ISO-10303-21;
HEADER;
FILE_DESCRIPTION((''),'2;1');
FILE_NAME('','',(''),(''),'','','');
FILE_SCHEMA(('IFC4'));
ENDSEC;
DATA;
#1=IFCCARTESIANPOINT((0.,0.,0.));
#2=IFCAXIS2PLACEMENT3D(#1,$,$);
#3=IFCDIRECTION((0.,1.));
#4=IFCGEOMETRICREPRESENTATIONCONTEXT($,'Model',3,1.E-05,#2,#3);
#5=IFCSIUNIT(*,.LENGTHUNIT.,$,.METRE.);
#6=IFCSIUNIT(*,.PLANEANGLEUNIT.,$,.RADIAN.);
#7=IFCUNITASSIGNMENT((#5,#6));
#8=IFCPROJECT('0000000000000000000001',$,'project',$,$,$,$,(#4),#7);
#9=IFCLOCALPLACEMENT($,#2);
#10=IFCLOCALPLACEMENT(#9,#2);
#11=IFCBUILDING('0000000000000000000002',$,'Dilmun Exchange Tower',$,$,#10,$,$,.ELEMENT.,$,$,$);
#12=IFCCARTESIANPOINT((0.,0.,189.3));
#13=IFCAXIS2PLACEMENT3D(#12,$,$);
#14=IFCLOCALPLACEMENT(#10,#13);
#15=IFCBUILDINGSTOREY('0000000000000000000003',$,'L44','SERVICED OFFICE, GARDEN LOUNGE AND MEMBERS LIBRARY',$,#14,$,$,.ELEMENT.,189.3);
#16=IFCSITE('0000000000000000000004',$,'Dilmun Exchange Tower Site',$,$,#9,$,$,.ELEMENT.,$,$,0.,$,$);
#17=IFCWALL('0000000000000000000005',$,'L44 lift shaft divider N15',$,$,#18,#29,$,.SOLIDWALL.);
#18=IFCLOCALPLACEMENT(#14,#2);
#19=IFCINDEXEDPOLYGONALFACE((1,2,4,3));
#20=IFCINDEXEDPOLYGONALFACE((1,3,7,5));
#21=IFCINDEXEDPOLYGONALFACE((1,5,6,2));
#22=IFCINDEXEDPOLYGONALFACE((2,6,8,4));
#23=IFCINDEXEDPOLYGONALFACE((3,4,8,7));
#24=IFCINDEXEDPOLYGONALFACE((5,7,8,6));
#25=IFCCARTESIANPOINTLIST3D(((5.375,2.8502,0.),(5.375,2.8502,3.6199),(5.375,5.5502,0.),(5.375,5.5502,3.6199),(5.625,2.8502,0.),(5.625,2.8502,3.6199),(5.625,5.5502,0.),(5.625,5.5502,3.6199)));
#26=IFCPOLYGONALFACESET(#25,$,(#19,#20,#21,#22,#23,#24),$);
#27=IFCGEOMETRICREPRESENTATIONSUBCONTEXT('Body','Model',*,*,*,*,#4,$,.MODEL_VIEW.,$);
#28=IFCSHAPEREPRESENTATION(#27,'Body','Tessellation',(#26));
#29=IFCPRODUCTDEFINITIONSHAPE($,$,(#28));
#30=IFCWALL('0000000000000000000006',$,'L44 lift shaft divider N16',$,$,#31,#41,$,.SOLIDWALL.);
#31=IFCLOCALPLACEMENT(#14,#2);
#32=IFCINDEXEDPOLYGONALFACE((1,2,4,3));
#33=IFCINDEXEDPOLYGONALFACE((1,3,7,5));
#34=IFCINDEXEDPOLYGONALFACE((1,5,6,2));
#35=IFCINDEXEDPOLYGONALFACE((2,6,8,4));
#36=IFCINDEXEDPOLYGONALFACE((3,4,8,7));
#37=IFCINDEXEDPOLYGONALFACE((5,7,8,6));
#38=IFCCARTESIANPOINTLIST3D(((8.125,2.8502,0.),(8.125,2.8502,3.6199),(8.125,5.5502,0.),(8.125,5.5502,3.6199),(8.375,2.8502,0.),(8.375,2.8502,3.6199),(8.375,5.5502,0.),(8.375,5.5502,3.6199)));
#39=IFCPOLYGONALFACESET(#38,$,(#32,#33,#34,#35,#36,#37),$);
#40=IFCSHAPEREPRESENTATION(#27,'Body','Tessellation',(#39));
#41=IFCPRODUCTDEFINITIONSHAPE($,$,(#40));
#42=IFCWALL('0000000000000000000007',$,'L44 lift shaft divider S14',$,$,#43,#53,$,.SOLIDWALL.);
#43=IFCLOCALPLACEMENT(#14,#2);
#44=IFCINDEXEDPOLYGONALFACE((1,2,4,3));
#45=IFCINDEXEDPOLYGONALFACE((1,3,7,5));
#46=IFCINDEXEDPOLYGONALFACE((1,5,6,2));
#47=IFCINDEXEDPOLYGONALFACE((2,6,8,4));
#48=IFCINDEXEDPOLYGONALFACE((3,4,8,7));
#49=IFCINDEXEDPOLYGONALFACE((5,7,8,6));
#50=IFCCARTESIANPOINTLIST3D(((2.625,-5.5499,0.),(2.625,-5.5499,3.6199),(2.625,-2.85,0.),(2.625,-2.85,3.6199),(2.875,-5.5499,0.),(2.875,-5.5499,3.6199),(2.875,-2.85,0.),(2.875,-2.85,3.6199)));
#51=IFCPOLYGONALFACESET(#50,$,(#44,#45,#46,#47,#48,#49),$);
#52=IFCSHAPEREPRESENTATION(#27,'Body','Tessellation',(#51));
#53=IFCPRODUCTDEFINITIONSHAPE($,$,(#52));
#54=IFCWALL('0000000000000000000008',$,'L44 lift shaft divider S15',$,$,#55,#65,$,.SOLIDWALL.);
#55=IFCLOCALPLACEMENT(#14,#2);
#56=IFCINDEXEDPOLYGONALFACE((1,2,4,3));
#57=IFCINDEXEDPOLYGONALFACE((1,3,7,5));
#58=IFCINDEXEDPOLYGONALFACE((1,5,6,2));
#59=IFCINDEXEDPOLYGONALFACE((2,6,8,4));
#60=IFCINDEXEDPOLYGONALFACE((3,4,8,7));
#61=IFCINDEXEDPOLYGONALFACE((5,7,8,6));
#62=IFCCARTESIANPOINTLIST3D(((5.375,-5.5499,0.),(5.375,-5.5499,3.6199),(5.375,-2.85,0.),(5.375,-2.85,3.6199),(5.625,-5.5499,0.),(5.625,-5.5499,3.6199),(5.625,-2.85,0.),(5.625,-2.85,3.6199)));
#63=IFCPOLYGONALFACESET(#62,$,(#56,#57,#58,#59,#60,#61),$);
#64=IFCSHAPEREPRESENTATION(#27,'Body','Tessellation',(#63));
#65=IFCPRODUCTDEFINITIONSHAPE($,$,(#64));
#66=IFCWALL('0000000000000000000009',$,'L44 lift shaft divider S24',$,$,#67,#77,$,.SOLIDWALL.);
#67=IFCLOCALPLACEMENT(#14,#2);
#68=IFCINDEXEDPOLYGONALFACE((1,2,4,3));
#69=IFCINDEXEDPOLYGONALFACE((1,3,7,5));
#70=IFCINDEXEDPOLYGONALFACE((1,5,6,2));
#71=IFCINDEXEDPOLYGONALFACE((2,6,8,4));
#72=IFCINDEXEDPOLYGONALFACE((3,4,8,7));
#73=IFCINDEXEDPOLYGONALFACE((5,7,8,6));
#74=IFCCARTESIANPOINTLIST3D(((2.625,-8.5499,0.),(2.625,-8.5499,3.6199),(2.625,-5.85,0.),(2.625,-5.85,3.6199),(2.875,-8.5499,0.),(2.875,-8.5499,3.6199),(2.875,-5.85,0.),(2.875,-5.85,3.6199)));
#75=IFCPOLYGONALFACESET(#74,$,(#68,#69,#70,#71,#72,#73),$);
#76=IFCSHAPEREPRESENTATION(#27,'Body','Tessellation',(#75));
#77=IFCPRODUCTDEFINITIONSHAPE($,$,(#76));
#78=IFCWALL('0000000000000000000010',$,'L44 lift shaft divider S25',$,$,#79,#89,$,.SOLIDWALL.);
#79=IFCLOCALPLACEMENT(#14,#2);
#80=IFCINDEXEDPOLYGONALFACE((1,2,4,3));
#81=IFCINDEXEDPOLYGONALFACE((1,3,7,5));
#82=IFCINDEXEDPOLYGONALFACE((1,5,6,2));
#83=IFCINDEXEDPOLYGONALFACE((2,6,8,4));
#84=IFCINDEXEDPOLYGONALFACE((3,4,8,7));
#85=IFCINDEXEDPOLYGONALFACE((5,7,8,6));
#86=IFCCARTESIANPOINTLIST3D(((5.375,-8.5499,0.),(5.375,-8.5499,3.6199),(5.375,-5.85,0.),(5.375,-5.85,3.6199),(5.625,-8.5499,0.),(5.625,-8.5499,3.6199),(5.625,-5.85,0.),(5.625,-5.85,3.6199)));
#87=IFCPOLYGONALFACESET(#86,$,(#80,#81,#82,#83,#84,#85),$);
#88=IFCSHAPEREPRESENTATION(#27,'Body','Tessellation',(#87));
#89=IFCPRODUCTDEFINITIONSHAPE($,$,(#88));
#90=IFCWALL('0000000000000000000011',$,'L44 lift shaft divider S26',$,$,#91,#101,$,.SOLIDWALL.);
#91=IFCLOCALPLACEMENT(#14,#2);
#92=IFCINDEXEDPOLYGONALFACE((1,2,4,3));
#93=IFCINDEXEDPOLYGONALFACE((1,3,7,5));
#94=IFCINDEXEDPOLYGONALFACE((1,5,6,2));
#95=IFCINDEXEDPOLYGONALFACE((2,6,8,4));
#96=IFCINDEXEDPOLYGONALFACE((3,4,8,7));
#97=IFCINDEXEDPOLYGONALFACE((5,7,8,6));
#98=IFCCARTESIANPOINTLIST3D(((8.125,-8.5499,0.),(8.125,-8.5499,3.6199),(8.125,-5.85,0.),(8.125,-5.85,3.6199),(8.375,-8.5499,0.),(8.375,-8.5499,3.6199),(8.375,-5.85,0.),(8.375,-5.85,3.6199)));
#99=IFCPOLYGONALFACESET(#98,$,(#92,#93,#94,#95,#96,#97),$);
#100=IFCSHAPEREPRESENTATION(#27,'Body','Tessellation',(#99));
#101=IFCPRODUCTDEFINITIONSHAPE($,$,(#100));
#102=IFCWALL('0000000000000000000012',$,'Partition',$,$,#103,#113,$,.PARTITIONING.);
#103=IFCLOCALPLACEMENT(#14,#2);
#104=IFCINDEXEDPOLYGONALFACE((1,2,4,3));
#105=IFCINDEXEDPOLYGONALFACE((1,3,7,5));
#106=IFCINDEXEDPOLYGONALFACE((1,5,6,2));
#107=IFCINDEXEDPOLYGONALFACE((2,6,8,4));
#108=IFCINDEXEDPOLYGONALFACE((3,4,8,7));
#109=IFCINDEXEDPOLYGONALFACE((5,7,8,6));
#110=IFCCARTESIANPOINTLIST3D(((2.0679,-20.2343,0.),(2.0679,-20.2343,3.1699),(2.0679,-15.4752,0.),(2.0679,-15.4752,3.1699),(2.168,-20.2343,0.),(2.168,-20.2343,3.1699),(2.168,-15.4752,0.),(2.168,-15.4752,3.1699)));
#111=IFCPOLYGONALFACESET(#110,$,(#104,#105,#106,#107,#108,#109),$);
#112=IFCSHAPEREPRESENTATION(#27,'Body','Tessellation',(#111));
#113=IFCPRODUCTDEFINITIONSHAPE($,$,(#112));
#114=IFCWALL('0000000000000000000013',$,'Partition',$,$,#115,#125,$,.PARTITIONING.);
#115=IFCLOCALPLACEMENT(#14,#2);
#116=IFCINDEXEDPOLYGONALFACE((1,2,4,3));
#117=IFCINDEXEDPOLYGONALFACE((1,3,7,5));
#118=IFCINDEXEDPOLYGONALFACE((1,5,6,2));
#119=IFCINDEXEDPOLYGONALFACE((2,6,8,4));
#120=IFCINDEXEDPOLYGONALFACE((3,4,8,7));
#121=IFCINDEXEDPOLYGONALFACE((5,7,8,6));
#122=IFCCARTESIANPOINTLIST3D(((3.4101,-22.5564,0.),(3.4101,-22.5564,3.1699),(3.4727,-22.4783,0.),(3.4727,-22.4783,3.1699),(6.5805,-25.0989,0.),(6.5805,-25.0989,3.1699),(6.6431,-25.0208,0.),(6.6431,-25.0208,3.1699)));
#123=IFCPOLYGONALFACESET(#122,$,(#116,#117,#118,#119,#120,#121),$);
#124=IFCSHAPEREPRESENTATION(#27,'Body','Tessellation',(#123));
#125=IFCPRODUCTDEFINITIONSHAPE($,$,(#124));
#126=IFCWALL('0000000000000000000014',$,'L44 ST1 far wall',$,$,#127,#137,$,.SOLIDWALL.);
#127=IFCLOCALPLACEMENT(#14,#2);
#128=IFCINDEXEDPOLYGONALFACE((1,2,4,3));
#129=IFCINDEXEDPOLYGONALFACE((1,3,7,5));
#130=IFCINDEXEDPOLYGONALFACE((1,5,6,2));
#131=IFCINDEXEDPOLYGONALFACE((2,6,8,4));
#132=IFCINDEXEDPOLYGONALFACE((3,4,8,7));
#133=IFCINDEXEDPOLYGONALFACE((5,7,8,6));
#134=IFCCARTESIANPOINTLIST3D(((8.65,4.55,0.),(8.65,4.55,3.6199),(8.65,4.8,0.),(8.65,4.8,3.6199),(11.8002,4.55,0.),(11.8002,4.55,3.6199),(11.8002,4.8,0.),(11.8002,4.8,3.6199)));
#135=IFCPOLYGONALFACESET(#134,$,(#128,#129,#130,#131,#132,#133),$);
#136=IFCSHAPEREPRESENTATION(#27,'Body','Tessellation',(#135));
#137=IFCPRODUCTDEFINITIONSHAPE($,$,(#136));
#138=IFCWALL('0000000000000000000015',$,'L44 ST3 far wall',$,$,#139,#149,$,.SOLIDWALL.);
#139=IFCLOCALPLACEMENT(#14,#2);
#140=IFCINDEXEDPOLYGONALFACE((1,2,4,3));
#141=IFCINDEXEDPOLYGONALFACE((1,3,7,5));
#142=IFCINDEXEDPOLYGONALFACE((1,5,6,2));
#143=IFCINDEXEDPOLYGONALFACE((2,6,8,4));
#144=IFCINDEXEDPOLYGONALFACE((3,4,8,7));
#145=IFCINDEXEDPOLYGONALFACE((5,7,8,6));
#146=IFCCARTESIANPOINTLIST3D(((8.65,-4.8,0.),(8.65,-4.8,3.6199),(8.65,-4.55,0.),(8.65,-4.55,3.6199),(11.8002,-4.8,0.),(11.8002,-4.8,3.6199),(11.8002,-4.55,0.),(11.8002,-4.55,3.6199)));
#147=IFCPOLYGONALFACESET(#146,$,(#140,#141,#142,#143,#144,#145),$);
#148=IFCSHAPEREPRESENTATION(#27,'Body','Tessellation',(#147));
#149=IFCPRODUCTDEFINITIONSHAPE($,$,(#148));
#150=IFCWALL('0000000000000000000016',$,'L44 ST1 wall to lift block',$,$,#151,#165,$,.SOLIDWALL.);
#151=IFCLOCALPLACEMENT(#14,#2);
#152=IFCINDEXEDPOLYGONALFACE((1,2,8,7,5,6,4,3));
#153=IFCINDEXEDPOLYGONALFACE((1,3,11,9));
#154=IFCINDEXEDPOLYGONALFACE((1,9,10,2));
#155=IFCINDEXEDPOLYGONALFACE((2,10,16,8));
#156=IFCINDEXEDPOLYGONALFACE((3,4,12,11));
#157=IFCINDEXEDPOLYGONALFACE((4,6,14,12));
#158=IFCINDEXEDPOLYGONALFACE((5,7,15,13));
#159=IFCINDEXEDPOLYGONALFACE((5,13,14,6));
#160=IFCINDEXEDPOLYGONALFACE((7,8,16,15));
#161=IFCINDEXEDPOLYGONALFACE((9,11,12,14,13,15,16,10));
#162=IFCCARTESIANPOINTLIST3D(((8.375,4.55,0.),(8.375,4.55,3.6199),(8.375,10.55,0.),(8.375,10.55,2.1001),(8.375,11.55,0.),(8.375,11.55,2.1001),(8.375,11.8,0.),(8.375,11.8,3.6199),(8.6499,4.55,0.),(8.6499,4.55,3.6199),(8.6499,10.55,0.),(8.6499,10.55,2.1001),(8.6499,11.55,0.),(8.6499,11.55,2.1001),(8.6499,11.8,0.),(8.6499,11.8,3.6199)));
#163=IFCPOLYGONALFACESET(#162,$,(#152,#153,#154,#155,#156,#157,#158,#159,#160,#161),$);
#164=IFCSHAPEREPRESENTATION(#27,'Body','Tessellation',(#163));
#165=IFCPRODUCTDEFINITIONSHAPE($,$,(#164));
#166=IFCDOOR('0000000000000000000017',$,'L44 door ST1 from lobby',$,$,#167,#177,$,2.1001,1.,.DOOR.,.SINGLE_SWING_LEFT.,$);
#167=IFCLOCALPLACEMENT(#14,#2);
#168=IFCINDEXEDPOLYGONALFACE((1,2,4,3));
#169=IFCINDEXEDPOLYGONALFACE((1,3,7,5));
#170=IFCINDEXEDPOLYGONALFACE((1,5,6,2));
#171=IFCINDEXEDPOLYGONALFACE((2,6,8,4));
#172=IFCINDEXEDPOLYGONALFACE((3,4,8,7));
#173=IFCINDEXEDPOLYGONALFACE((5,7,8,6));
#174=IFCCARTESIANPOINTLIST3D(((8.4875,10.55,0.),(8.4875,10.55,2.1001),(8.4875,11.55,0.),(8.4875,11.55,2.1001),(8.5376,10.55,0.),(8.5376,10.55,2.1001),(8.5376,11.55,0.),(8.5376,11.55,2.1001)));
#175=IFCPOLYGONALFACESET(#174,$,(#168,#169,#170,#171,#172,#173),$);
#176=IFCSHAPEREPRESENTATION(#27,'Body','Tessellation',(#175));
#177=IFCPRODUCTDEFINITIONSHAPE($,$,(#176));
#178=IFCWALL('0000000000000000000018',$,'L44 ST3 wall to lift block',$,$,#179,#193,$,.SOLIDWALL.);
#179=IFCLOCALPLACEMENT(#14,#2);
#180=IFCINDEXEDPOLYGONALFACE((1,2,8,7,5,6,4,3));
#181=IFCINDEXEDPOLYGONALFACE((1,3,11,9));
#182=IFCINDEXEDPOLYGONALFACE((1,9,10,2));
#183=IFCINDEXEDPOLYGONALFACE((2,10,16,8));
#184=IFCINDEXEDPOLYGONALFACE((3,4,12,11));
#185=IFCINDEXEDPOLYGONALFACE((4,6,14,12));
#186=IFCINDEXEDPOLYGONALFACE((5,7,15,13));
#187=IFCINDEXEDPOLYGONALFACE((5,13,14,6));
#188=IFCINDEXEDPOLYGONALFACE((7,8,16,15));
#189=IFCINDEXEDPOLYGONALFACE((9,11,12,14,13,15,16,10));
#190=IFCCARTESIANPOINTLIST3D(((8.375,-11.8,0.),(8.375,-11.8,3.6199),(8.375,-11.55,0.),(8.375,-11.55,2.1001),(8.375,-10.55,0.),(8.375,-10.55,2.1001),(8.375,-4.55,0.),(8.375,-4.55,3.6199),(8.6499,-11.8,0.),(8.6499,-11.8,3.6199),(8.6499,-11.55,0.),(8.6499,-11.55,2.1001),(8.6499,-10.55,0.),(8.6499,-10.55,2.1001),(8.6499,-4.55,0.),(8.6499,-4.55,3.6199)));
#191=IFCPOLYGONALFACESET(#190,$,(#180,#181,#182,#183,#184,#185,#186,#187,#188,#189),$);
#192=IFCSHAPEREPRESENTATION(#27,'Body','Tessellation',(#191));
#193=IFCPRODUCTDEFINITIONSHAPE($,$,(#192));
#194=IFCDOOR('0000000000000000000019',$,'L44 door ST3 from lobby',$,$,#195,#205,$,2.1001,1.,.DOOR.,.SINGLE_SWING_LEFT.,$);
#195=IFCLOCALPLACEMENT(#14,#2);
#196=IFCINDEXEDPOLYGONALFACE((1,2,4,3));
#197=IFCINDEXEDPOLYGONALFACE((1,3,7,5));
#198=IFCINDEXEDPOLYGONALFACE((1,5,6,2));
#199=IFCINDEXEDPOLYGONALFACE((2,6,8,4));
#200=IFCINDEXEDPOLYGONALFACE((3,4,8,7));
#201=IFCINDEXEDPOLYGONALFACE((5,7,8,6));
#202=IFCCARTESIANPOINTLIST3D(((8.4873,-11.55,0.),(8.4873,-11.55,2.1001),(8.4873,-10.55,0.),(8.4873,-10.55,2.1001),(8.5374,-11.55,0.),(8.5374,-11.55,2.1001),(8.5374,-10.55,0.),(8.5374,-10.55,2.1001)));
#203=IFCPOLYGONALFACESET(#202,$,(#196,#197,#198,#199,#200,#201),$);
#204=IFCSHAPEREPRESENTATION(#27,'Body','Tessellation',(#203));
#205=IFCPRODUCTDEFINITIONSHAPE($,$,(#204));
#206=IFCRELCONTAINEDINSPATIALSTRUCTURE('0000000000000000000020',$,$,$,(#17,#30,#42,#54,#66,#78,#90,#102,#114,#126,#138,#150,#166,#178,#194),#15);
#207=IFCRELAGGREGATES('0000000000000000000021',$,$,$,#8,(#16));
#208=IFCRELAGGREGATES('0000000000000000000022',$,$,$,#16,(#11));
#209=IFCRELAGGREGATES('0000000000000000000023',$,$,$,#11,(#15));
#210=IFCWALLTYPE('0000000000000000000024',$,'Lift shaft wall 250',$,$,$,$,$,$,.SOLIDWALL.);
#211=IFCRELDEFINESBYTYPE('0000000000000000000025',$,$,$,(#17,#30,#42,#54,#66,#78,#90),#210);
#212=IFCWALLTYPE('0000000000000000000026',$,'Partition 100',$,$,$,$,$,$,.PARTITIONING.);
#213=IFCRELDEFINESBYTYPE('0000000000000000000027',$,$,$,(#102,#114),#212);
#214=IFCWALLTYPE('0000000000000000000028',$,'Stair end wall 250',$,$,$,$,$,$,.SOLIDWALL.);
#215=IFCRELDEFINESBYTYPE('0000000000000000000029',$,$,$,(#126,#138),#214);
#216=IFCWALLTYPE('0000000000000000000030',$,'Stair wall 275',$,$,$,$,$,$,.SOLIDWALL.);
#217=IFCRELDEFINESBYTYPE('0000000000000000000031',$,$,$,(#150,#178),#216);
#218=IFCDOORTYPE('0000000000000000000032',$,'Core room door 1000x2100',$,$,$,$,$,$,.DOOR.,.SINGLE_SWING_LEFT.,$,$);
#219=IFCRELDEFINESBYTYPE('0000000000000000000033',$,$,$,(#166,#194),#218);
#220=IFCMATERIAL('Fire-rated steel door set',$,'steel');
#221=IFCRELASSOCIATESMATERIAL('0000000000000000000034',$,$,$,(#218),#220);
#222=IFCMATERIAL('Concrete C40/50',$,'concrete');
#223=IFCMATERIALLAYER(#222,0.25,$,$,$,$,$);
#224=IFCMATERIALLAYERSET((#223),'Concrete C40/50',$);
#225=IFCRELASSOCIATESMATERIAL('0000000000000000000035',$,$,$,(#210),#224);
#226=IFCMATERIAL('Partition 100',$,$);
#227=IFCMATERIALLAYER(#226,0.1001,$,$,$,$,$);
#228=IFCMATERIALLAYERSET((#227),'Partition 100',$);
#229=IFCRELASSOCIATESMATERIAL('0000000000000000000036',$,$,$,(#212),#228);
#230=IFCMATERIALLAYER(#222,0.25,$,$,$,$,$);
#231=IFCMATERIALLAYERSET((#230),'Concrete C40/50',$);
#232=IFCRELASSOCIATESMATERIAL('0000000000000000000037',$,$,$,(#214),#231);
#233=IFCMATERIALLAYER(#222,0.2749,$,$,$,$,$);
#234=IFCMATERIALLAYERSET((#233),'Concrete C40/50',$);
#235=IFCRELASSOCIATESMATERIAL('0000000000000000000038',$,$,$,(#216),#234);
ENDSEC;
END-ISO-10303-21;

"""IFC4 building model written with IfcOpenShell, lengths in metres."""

from ifc_helpers import new_model, si_unit, direction, frame, frame_2d, origin, place, context, subcontext, project, spatial, rectangle, extrude, material, layer, layer_set, type_object, element, fill, save


model = new_model("IFC4")

# Units and contexts
model_context = context("Model", 3, precision=1e-05, world=origin(), true_north=direction((0.0, 1.0)))
body_context = subcontext(model_context, "Body", "Model", "MODEL_VIEW")
ifc_project = project(units=[si_unit("LENGTHUNIT", "METRE"), si_unit("PLANEANGLEUNIT", "RADIAN")], contexts=[model_context])

# Site, building, storey
site_placement = place(None, origin())
site = spatial("IfcSite", under=ifc_project, at=site_placement, Name="Dilmun Exchange Tower Site", CompositionType="ELEMENT", RefElevation=0.0)
building_placement = place(site_placement, origin())
building = spatial("IfcBuilding", under=site, at=building_placement, Name="Dilmun Exchange Tower", CompositionType="ELEMENT")
storey_placement = place(building_placement, frame((0.0, 0.0, 189.3)))
storey = spatial("IfcBuildingStorey", under=building, at=storey_placement, Name="L44", Description="SERVICED OFFICE, GARDEN LOUNGE AND MEMBERS LIBRARY", CompositionType="ELEMENT", Elevation=189.3)

# Shared definitions
ifc_material_1 = material(Name="Concrete C40/50", Category="concrete")

# Shared definitions
ifc_material_2 = material(Name="Fire-rated steel door set", Category="steel")
door_type_1 = type_object("IfcDoorType", Name="Core room door 1000x2100", OperationType="SINGLE_SWING_LEFT", PredefinedType="DOOR", material=ifc_material_2)

# Walls
ifc_layer_1 = layer(ifc_material_1, 0.25)
ifc_layer_set_1 = layer_set([ifc_layer_1], Name="Concrete C40/50")
wall_type_1 = type_object("IfcWallType", Name="Lift shaft wall 250", PredefinedType="SOLIDWALL", material=ifc_layer_set_1)
for number, where, z_axis, x_axis, name in (
    (1, (5.5, 2.8501, 0.0), (0.0, 0.0, 1.0), (0.0, 1.0, 0.0), "L44 lift shaft divider N15"),
    (2, (8.25, 2.8501, 0.0), (0.0, 0.0, 1.0), (0.0, 1.0, 0.0), "L44 lift shaft divider N16"),
    (3, (2.75, -5.55, 0.0), (0.0, 0.0, 1.0), (0.0, 1.0, 0.0), "L44 lift shaft divider S14"),
    (4, (5.5, -5.55, 0.0), (0.0, 0.0, 1.0), (0.0, 1.0, 0.0), "L44 lift shaft divider S15"),
    (5, (2.75, -8.55, 0.0), (0.0, 0.0, 1.0), (0.0, 1.0, 0.0), "L44 lift shaft divider S24"),
    (6, (5.5, -8.55, 0.0), (0.0, 0.0, 1.0), (0.0, 1.0, 0.0), "L44 lift shaft divider S25"),
    (7, (8.25, -8.55, 0.0), (0.0, 0.0, 1.0), (0.0, 1.0, 0.0), "L44 lift shaft divider S26"),
):
    element("IfcWall", number, at=place(storey_placement, frame(where, z_axis=z_axis, x_axis=x_axis)), inside=storey, type_object=wall_type_1, Name=name, PredefinedType="SOLIDWALL", context=body_context, shape_type="SweptSolid", body=[
        extrude(rectangle(XDim=2.7, YDim=0.25, at=frame_2d((1.3501, 0.0))), origin(), (0.0, 0.0, 1.0), 3.6199),
    ])
ifc_material_3 = material(Name="Partition 100")
ifc_layer_2 = layer(ifc_material_3, 0.1001)
ifc_layer_set_2 = layer_set([ifc_layer_2], Name="Partition 100")
wall_type_2 = type_object("IfcWallType", Name="Partition 100", PredefinedType="PARTITIONING", material=ifc_layer_set_2)
wall_1_placement = place(storey_placement, frame((2.1179, -20.2341, 0.0), z_axis=(0.0, 0.0, 1.0), x_axis=(0.0, 1.0, 0.0)))
element("IfcWall", 8, at=wall_1_placement, inside=storey, type_object=wall_type_2, Name="Partition", PredefinedType="PARTITIONING", context=body_context, shape_type="SweptSolid", body=[
    extrude(rectangle(XDim=4.759, YDim=0.1001, at=frame_2d((2.3794, 0.0))), origin(), (0.0, 0.0, 1.0), 3.1699),
])
wall_2_placement = place(storey_placement, frame((3.4414, -22.5173, 0.0), z_axis=(0.0, 0.0, 1.0), x_axis=(0.78013, -0.625618, 0.0)))
element("IfcWall", 9, at=wall_2_placement, inside=storey, type_object=wall_type_2, Name="Partition", PredefinedType="PARTITIONING", context=body_context, shape_type="SweptSolid", body=[
    extrude(rectangle(XDim=4.064, YDim=0.1001, at=frame_2d((2.032, 0.0))), origin(), (0.0, 0.0, 1.0), 3.1699),
])
ifc_layer_3 = layer(ifc_material_1, 0.25)
ifc_layer_set_3 = layer_set([ifc_layer_3], Name="Concrete C40/50")
wall_type_3 = type_object("IfcWallType", Name="Stair end wall 250", PredefinedType="SOLIDWALL", material=ifc_layer_set_3)
for number, where, z_axis, x_axis, name in (
    (10, (8.6499, 4.675, 0.0), (0.0, 0.0, 1.0), (1.0, 0.0, 0.0), "L44 ST1 far wall"),
    (11, (8.6499, -4.675, 0.0), (0.0, 0.0, 1.0), (1.0, 0.0, 0.0), "L44 ST3 far wall"),
):
    element("IfcWall", number, at=place(storey_placement, frame(where, z_axis=z_axis, x_axis=x_axis)), inside=storey, type_object=wall_type_3, Name=name, PredefinedType="SOLIDWALL", context=body_context, shape_type="SweptSolid", body=[
        extrude(rectangle(XDim=3.1501, YDim=0.25, at=frame_2d((1.5752, 0.0))), origin(), (0.0, 0.0, 1.0), 3.6199),
    ])

# Walls, openings, doors
ifc_layer_4 = layer(ifc_material_1, 0.2749)
ifc_layer_set_4 = layer_set([ifc_layer_4], Name="Concrete C40/50")
wall_type_4 = type_object("IfcWallType", Name="Stair wall 275", PredefinedType="SOLIDWALL", material=ifc_layer_set_4)
wall_3_placement = place(storey_placement, frame((8.5125, 4.55, 0.0), z_axis=(0.0, 0.0, 1.0), x_axis=(0.0, 1.0, 0.0)))
wall_3 = element("IfcWall", 12, at=wall_3_placement, inside=storey, type_object=wall_type_4, Name="L44 ST1 wall to lift block", PredefinedType="SOLIDWALL", context=body_context, shape_type="SweptSolid", body=[
    extrude(rectangle(XDim=7.25, YDim=0.2749, at=frame_2d((3.625, 0.0))), origin(), (0.0, 0.0, 1.0), 3.6199),
])
opening_1_placement = place(wall_3_placement, frame((6.0, 0.0, 0.0)))
opening_1 = element("IfcOpeningElement", 13, at=opening_1_placement, cuts=wall_3, PredefinedType="OPENING", context=body_context, shape_type="SweptSolid", body=[
    extrude(rectangle(XDim=1.0, YDim=2.1001, at=frame_2d((0.5, 1.05))), frame((0.0, 0.1475, 0.0), z_axis=(0.0, -1.0, 0.0), x_axis=(1.0, 0.0, 0.0)), (0.0, 0.0, 1.0), 0.2949),
])
door_1_placement = place(opening_1_placement, origin())
door_1 = element("IfcDoor", 14, at=door_1_placement, inside=storey, type_object=door_type_1, Name="L44 door ST1 from lobby", OperationType="SINGLE_SWING_LEFT", OverallHeight=2.1001, OverallWidth=1.0, PredefinedType="DOOR", context=body_context, shape_type="SweptSolid", body=[
    extrude(rectangle(XDim=1.0, YDim=2.1001, at=frame_2d((0.5, 1.05))), frame((0.0, 0.0249, 0.0), z_axis=(0.0, -1.0, 0.0), x_axis=(1.0, 0.0, 0.0)), (0.0, 0.0, 1.0), 0.05),
])
fill(opening_1, door_1)
wall_4_placement = place(storey_placement, frame((8.5125, -4.55, 0.0), z_axis=(0.0, 0.0, 1.0), x_axis=(0.0, -1.0, 0.0)))
wall_4 = element("IfcWall", 15, at=wall_4_placement, inside=storey, type_object=wall_type_4, Name="L44 ST3 wall to lift block", PredefinedType="SOLIDWALL", context=body_context, shape_type="SweptSolid", body=[
    extrude(rectangle(XDim=7.25, YDim=0.2749, at=frame_2d((3.625, 0.0))), origin(), (0.0, 0.0, 1.0), 3.6199),
])
opening_2_placement = place(wall_4_placement, frame((6.0, 0.0, 0.0)))
opening_2 = element("IfcOpeningElement", 16, at=opening_2_placement, cuts=wall_4, PredefinedType="OPENING", context=body_context, shape_type="SweptSolid", body=[
    extrude(rectangle(XDim=1.0, YDim=2.1001, at=frame_2d((0.5, 1.05))), frame((0.0, 0.1475, 0.0), z_axis=(0.0, -1.0, 0.0), x_axis=(1.0, 0.0, 0.0)), (0.0, 0.0, 1.0), 0.2949),
])
door_2_placement = place(opening_2_placement, origin())
door_2 = element("IfcDoor", 17, at=door_2_placement, inside=storey, type_object=door_type_1, Name="L44 door ST3 from lobby", OperationType="SINGLE_SWING_LEFT", OverallHeight=2.1001, OverallWidth=1.0, PredefinedType="DOOR", context=body_context, shape_type="SweptSolid", body=[
    extrude(rectangle(XDim=1.0, YDim=2.1001, at=frame_2d((0.5, 1.05))), frame((0.0, 0.0249, 0.0), z_axis=(0.0, -1.0, 0.0), x_axis=(1.0, 0.0, 0.0)), (0.0, 0.0, 1.0), 0.05),
])
fill(opening_2, door_2)

save(model, "model.ifc")
